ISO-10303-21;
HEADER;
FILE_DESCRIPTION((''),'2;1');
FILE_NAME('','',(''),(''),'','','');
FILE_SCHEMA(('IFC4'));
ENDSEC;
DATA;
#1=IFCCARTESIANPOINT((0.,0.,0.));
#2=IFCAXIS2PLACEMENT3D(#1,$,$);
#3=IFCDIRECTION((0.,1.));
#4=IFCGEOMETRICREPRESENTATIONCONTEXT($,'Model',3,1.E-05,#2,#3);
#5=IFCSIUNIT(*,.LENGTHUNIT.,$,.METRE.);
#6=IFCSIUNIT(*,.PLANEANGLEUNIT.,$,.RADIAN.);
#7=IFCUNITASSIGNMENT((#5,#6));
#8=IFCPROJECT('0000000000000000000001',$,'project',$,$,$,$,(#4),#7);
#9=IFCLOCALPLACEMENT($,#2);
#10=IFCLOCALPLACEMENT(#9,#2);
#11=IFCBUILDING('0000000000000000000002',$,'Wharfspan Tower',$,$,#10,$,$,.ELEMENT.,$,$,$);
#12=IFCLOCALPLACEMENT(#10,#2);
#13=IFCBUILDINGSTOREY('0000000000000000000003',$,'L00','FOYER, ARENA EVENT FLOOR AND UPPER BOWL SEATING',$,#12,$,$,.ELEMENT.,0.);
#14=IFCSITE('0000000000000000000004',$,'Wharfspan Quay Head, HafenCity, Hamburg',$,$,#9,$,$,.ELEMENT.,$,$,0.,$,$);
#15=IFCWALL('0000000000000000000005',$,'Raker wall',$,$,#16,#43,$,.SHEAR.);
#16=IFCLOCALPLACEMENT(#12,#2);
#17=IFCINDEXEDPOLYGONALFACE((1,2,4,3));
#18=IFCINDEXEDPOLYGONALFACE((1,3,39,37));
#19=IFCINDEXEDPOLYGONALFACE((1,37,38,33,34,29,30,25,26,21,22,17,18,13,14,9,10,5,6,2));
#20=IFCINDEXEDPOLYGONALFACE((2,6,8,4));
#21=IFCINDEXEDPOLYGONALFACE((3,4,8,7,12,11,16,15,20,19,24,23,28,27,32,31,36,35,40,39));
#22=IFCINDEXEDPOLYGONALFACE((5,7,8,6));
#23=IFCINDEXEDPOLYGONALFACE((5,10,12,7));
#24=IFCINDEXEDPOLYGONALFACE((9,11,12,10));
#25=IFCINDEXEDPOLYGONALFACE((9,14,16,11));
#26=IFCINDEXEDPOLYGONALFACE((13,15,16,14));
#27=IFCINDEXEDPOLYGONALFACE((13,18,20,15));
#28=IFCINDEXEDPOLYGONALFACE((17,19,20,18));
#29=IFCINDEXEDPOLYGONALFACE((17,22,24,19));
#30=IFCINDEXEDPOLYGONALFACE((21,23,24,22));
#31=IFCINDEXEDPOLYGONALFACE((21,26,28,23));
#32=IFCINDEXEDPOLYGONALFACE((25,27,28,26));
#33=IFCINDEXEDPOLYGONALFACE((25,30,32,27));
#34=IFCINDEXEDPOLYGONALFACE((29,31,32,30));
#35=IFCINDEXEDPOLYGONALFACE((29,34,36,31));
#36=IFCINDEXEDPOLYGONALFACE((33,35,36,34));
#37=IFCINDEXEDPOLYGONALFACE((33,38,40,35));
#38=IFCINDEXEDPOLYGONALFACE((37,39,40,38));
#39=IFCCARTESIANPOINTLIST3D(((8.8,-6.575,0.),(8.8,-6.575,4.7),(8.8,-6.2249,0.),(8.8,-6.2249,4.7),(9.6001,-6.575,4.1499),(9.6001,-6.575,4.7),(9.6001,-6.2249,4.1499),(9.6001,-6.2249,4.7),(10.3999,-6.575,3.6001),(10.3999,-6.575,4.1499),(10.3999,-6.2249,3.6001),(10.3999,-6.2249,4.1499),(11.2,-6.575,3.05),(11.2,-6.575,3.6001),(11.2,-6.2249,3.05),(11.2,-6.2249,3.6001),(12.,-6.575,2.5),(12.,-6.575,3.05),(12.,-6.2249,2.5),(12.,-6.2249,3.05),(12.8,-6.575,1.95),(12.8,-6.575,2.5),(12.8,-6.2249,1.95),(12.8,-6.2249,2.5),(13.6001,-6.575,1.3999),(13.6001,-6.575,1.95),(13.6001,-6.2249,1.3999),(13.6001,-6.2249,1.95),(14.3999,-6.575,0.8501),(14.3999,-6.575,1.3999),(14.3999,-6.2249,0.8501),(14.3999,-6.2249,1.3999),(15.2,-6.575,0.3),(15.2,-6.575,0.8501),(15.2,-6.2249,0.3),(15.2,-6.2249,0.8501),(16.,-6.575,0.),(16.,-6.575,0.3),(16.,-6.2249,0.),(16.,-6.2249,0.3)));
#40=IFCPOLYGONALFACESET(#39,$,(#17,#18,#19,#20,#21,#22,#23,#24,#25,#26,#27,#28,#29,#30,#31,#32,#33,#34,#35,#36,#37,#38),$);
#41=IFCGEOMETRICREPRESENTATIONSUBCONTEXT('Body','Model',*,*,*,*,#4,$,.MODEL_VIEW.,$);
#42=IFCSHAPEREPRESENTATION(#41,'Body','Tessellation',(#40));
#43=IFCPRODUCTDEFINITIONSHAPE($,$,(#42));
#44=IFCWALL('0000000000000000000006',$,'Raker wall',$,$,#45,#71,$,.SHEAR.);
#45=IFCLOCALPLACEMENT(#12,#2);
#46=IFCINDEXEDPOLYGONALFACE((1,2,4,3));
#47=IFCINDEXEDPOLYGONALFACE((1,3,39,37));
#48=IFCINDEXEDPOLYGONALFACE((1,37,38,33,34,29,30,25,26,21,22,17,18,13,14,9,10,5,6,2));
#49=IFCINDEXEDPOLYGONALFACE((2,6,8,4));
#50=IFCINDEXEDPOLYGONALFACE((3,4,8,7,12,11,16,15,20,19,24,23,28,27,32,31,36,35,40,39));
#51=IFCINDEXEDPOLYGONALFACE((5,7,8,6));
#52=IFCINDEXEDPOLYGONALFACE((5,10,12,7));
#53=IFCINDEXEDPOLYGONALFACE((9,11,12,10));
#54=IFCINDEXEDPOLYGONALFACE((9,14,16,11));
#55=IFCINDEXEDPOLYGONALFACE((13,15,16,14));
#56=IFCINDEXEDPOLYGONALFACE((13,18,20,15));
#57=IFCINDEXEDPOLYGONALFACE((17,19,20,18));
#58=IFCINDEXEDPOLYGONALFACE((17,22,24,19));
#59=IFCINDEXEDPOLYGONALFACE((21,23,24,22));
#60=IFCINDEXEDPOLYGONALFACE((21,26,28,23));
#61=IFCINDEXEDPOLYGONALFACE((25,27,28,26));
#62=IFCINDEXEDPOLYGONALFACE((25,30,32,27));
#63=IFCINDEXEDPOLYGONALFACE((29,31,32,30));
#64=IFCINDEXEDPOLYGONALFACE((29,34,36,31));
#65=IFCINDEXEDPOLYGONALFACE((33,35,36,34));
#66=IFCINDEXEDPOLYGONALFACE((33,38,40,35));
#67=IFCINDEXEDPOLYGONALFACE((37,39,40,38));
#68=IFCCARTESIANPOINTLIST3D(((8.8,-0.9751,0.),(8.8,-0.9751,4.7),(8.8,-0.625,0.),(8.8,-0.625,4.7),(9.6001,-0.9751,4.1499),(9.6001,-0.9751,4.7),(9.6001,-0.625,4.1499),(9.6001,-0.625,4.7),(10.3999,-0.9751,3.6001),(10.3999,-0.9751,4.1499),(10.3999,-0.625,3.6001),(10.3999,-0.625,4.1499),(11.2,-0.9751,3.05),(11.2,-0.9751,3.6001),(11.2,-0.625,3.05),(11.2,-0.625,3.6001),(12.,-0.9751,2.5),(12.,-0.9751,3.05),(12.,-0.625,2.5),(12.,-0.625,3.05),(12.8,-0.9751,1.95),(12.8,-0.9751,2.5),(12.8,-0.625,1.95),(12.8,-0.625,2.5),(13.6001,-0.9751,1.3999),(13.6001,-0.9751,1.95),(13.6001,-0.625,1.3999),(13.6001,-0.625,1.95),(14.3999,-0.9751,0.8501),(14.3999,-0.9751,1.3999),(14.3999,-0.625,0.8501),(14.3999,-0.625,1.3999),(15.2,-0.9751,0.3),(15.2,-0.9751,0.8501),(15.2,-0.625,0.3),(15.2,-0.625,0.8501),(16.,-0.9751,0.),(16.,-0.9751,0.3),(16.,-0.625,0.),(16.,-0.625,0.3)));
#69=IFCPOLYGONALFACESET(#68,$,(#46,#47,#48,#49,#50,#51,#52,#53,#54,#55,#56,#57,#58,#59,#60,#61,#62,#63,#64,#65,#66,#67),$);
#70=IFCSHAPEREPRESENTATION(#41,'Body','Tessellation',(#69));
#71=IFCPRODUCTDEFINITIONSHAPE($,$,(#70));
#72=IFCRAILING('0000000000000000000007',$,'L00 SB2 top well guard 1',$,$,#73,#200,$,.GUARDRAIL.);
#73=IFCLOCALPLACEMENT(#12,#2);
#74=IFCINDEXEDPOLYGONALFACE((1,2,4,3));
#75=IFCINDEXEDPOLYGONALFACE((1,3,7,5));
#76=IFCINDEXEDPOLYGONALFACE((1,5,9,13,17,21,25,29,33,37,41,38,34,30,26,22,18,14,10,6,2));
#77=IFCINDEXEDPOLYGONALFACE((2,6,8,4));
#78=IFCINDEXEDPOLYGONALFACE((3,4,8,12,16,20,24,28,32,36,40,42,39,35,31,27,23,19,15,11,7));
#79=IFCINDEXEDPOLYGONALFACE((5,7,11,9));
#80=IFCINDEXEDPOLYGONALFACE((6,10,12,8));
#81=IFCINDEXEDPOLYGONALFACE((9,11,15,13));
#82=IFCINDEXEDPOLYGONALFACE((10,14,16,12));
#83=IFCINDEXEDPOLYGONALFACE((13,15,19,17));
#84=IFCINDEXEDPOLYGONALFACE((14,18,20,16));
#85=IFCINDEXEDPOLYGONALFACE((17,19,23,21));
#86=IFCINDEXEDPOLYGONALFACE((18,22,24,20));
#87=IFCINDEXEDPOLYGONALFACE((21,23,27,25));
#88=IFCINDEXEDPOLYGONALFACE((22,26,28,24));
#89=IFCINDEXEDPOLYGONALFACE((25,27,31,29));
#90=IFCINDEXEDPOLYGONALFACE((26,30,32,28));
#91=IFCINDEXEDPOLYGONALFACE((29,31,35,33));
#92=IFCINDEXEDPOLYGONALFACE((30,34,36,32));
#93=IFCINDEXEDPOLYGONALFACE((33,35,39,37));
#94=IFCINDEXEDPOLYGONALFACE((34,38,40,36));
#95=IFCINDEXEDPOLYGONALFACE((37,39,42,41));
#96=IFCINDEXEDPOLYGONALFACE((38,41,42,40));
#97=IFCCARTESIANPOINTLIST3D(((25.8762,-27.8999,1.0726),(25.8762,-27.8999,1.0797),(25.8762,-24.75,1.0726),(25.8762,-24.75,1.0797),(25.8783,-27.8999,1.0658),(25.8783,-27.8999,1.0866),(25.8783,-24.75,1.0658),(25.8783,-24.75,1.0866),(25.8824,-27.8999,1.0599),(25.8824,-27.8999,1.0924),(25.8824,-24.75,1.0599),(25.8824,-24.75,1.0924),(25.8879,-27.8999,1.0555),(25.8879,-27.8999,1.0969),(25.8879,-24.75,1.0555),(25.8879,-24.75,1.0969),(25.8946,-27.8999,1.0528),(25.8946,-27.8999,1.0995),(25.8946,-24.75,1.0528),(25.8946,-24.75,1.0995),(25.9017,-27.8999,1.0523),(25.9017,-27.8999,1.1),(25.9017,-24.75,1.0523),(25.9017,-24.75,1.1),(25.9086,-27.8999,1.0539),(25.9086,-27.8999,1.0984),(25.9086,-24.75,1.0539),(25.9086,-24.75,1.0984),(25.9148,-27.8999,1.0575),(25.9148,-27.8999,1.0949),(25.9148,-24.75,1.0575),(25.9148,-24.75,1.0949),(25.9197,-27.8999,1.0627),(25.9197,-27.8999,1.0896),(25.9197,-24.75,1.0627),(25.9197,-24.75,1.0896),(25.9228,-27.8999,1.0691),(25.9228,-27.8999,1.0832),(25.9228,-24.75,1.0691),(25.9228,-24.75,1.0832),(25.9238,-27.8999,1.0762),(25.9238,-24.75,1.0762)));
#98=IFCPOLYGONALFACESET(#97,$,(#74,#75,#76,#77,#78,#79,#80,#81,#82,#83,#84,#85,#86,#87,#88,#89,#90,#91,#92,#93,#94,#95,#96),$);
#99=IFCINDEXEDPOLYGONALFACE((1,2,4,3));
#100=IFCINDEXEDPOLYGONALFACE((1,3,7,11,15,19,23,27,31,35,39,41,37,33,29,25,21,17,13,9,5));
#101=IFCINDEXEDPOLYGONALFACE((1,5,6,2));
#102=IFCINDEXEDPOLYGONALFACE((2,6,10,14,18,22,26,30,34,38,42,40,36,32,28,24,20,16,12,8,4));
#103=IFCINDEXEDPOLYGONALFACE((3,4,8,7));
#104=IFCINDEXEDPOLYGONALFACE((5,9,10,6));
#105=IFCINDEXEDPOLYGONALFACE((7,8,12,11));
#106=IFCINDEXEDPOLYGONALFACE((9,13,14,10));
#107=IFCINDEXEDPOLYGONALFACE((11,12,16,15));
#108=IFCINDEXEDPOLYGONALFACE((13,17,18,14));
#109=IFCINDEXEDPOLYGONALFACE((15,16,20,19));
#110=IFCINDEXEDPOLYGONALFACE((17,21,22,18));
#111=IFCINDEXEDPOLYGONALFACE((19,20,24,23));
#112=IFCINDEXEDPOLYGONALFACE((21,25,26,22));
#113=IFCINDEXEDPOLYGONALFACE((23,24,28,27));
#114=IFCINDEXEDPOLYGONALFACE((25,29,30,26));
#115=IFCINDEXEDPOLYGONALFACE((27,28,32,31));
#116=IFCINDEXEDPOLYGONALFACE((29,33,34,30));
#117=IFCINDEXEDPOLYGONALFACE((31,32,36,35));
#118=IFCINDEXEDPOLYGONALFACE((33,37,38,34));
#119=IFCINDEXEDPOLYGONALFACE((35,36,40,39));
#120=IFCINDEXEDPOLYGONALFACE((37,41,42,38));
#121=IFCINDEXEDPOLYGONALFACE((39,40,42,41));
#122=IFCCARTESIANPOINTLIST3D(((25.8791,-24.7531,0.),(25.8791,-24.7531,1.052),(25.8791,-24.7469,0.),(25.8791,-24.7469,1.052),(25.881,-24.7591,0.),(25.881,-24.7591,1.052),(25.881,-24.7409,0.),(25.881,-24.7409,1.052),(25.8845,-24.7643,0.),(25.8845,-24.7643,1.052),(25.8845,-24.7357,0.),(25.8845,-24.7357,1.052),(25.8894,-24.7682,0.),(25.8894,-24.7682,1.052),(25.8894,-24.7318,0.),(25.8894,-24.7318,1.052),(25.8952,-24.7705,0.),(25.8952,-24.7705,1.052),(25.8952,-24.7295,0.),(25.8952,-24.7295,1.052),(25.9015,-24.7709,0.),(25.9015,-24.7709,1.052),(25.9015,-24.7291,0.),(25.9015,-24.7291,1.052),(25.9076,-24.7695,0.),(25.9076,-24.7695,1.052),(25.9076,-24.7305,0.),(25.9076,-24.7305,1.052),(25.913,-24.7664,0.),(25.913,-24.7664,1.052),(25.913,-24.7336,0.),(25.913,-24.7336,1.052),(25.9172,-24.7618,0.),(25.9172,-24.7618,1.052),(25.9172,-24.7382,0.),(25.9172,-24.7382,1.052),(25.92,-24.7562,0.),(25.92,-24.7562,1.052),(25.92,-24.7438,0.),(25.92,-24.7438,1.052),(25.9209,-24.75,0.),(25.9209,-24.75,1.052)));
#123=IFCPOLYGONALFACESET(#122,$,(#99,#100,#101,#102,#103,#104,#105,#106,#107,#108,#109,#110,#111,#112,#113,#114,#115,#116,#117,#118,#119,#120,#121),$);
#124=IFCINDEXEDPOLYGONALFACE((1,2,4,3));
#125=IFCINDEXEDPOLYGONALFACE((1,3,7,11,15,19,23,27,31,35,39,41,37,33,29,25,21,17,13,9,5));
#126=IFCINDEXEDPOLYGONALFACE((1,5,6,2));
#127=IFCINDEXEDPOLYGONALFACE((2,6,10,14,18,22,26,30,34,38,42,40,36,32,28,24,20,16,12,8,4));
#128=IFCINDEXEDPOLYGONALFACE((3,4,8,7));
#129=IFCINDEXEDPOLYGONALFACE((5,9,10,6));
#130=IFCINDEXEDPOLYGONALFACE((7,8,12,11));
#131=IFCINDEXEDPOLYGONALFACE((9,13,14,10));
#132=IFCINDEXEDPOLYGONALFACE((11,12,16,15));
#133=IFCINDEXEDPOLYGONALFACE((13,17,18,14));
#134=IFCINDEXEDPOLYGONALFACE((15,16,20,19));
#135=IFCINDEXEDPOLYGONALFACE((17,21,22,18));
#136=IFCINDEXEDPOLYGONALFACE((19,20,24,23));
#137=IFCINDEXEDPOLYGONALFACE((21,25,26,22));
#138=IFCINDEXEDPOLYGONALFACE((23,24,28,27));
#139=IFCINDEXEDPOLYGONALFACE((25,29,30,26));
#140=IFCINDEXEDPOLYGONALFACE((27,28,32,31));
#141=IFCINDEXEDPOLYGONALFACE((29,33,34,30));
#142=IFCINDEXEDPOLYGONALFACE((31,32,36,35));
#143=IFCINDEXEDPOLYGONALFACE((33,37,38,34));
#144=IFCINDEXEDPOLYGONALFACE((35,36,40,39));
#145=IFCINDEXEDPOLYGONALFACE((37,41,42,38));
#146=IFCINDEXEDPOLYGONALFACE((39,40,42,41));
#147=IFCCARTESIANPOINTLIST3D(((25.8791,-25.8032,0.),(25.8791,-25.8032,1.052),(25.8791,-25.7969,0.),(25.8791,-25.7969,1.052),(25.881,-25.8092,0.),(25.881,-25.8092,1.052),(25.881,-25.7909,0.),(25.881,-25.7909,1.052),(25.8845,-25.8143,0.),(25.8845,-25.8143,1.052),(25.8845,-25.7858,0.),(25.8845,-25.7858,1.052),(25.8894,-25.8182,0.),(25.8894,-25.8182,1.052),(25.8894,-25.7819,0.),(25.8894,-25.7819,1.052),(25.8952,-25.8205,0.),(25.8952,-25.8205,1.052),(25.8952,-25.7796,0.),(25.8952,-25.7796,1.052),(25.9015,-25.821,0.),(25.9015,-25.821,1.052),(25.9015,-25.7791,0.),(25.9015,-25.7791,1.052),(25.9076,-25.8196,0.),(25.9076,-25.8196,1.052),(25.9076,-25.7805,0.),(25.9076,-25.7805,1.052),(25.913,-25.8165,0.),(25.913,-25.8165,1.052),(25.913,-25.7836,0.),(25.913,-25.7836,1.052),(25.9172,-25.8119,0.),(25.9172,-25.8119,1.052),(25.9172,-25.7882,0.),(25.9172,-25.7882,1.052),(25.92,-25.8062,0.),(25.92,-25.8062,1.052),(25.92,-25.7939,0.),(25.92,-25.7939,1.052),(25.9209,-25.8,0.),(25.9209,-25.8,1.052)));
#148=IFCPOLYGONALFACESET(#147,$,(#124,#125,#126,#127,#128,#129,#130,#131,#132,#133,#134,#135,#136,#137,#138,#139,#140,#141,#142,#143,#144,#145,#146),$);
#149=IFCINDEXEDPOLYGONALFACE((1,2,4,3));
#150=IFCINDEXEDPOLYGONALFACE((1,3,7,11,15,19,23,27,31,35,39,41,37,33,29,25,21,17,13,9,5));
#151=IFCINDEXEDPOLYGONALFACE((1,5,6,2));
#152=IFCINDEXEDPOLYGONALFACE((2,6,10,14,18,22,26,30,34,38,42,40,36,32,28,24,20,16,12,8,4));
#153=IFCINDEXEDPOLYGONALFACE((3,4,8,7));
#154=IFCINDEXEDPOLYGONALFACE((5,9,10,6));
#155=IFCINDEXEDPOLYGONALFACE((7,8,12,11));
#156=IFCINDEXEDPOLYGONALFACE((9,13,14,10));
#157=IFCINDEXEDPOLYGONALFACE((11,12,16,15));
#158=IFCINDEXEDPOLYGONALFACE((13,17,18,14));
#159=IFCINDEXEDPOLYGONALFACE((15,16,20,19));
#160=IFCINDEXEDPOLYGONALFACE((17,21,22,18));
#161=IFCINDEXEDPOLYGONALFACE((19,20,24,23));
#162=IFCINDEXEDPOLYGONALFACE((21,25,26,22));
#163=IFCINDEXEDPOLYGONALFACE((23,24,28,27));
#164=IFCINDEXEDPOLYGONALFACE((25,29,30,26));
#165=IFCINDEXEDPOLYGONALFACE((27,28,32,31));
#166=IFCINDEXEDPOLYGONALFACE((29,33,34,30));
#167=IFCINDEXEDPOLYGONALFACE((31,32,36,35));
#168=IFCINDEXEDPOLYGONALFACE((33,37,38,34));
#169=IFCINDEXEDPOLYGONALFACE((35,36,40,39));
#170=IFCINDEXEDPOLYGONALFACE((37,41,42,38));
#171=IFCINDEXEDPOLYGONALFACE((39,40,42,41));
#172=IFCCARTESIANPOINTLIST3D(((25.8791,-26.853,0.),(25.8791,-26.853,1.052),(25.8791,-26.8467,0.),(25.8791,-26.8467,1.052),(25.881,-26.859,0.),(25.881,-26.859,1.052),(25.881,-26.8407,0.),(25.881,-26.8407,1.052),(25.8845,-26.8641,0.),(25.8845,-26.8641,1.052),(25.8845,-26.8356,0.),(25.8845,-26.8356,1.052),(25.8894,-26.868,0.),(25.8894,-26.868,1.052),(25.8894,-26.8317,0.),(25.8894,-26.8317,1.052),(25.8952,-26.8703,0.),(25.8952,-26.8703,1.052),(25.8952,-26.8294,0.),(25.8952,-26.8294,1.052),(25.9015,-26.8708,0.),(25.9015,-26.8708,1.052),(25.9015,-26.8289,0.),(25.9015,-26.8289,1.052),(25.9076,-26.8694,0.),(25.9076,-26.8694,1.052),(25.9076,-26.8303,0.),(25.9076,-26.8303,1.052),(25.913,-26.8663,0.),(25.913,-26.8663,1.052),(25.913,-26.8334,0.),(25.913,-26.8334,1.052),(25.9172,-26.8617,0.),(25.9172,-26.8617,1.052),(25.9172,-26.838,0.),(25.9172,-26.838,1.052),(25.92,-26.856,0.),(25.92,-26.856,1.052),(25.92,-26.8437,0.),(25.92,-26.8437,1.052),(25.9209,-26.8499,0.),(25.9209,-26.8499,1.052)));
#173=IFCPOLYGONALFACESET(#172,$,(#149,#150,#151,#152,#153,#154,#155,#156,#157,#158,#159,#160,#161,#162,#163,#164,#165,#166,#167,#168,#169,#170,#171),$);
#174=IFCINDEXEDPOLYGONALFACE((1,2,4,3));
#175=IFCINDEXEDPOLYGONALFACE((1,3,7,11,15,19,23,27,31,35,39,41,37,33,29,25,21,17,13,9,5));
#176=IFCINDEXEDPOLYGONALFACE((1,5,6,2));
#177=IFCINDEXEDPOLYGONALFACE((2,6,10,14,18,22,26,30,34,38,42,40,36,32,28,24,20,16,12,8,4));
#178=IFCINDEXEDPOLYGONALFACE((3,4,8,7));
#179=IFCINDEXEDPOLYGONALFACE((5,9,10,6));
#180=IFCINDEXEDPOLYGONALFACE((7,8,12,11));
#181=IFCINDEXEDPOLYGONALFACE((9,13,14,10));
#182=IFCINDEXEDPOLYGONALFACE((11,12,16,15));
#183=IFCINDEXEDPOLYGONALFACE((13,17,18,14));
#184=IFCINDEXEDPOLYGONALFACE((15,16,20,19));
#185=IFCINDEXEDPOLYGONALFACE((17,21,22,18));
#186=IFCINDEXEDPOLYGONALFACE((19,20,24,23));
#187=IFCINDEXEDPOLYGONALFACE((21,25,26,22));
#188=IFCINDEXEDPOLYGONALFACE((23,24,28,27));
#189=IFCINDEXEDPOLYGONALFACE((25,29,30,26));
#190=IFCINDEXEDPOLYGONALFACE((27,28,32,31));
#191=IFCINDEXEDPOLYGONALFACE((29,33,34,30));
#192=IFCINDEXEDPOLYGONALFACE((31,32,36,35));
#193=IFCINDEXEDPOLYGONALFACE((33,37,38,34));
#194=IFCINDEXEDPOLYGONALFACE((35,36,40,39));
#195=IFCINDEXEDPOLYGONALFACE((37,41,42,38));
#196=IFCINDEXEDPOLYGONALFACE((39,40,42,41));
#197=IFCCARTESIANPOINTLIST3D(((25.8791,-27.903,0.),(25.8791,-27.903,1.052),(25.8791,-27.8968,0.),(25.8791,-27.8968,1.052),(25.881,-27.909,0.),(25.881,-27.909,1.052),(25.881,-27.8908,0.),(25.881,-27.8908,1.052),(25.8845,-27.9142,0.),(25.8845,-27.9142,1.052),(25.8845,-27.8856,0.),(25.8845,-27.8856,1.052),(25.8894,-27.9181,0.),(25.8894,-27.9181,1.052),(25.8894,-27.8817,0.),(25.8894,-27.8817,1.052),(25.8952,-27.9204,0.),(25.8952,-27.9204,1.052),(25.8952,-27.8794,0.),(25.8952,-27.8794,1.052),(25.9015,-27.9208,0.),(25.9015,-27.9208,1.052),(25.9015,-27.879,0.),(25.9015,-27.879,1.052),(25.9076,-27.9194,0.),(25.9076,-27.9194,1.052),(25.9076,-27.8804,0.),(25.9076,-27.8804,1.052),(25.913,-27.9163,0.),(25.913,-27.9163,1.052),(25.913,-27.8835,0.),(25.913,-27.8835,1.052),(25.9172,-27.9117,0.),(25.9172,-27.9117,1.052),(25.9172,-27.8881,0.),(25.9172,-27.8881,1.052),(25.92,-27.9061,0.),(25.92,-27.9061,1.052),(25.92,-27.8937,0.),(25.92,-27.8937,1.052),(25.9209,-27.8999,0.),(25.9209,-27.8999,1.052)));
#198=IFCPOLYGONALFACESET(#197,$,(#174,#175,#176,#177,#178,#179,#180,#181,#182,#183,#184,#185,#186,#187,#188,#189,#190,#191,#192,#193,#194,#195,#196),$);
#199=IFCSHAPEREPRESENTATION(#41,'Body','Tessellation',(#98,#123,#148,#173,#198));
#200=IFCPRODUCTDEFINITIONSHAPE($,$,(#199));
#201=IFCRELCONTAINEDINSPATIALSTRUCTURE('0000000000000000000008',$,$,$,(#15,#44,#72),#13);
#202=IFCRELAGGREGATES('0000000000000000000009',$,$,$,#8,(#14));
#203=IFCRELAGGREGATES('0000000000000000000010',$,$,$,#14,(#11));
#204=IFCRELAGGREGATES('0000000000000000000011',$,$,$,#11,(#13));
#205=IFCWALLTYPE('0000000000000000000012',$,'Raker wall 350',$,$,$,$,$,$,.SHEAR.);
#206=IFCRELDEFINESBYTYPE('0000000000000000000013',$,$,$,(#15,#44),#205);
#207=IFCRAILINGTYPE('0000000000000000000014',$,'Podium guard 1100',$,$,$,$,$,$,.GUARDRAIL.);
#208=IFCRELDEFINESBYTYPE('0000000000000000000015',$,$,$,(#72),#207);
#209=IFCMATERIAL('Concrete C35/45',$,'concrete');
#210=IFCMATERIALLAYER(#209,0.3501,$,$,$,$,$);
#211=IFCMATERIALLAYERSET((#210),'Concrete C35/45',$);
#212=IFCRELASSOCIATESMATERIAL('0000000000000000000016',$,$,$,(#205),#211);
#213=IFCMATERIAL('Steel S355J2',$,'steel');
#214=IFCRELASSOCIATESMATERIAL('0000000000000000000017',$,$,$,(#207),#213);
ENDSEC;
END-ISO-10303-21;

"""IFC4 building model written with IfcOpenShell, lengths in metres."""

from ifc_helpers import new_model, si_unit, direction, frame, origin, origin_2d, place, context, subcontext, project, spatial, polyline, circle, outline, extrude, material, layer, layer_set, type_object, element, save


model = new_model("IFC4")

# Units and contexts
model_context = context("Model", 3, precision=1e-05, world=origin(), true_north=direction((0.0, 1.0)))
body_context = subcontext(model_context, "Body", "Model", "MODEL_VIEW")
ifc_project = project(units=[si_unit("LENGTHUNIT", "METRE"), si_unit("PLANEANGLEUNIT", "RADIAN")], contexts=[model_context])

# Site, building, storey
site_placement = place(None, origin())
site = spatial("IfcSite", under=ifc_project, at=site_placement, Name="Wharfspan Quay Head, HafenCity, Hamburg", CompositionType="ELEMENT", RefElevation=0.0)
building_placement = place(site_placement, origin())
building = spatial("IfcBuilding", under=site, at=building_placement, Name="Wharfspan Tower", CompositionType="ELEMENT")
storey_placement = place(building_placement, origin())
storey = spatial("IfcBuildingStorey", under=building, at=storey_placement, Name="L00", Description="FOYER, ARENA EVENT FLOOR AND UPPER BOWL SEATING", CompositionType="ELEMENT", Elevation=0.0)

# Walls
ifc_material_1 = material(Name="Concrete C35/45", Category="concrete")
ifc_layer_1 = layer(ifc_material_1, 0.3501)
ifc_layer_set_1 = layer_set([ifc_layer_1], Name="Concrete C35/45")
wall_type_1 = type_object("IfcWallType", Name="Raker wall 350", PredefinedType="SHEAR", material=ifc_layer_set_1)
for number, where, z_axis, x_axis, name in (
    (1, (16.0, -6.3999, 0.0), (0.0, 0.0, 1.0), (-1.0, 0.0, 0.0), "Raker wall"),
    (2, (16.0, -0.8, 0.0), (0.0, 0.0, 1.0), (-1.0, 0.0, 0.0), "Raker wall"),
):
    element("IfcWall", number, at=place(storey_placement, frame(where, z_axis=z_axis, x_axis=x_axis)), inside=storey, type_object=wall_type_1, Name=name, PredefinedType="SHEAR", context=body_context, shape_type="SweptSolid", body=[
        extrude(outline(polyline([(0.0, 0.0), (7.2, 0.0), (7.2, 4.7), (6.3999, 4.7), (6.3999, 4.1499), (5.6001, 4.1499), (5.6001, 3.6001), (4.8, 3.6001), (4.8, 3.05), (4.0, 3.05), (4.0, 2.5), (3.2, 2.5), (3.2, 1.95), (2.3999, 1.95), (2.3999, 1.3999), (1.6001, 1.3999), (1.6001, 0.8501), (0.8, 0.8501), (0.8, 0.3), (0.0, 0.3), (0.0, 0.0)])), frame((0.0, 0.175, 0.0), z_axis=(0.0, -1.0, 0.0), x_axis=(1.0, 0.0, 0.0)), (0.0, 0.0, 1.0), 0.3501),
    ])

# Railing
ifc_material_2 = material(Name="Steel S355J2", Category="steel")
railing_type = type_object("IfcRailingType", Name="Podium guard 1100", PredefinedType="GUARDRAIL", material=ifc_material_2)
railing_placement = place(storey_placement, frame((25.8999, -24.75, 0.0)))
element("IfcRailing", 3, at=railing_placement, inside=storey, type_object=railing_type, Name="L00 SB2 top well guard 1", PredefinedType="GUARDRAIL", context=body_context, shape_type="SweptSolid", body=[
    extrude(circle(Radius=0.0239, at=origin_2d()), frame((0.0, 0.0, 1.0762), z_axis=(0.0, -1.0, 0.0), x_axis=(1.0, 0.0, 0.0)), (0.0, 0.0, 1.0), 3.1499),
    extrude(circle(Radius=0.021, at=origin_2d()), origin(), (0.0, 0.0, 1.0), 1.052),
    extrude(circle(Radius=0.021, at=origin_2d()), frame((0.0, -1.05, 0.0)), (0.0, 0.0, 1.0), 1.052),
    extrude(circle(Radius=0.021, at=origin_2d()), frame((0.0, -2.0999, 0.0)), (0.0, 0.0, 1.0), 1.052),
    extrude(circle(Radius=0.021, at=origin_2d()), frame((0.0, -3.1499, 0.0)), (0.0, 0.0, 1.0), 1.052),
])

save(model, "model.ifc")
